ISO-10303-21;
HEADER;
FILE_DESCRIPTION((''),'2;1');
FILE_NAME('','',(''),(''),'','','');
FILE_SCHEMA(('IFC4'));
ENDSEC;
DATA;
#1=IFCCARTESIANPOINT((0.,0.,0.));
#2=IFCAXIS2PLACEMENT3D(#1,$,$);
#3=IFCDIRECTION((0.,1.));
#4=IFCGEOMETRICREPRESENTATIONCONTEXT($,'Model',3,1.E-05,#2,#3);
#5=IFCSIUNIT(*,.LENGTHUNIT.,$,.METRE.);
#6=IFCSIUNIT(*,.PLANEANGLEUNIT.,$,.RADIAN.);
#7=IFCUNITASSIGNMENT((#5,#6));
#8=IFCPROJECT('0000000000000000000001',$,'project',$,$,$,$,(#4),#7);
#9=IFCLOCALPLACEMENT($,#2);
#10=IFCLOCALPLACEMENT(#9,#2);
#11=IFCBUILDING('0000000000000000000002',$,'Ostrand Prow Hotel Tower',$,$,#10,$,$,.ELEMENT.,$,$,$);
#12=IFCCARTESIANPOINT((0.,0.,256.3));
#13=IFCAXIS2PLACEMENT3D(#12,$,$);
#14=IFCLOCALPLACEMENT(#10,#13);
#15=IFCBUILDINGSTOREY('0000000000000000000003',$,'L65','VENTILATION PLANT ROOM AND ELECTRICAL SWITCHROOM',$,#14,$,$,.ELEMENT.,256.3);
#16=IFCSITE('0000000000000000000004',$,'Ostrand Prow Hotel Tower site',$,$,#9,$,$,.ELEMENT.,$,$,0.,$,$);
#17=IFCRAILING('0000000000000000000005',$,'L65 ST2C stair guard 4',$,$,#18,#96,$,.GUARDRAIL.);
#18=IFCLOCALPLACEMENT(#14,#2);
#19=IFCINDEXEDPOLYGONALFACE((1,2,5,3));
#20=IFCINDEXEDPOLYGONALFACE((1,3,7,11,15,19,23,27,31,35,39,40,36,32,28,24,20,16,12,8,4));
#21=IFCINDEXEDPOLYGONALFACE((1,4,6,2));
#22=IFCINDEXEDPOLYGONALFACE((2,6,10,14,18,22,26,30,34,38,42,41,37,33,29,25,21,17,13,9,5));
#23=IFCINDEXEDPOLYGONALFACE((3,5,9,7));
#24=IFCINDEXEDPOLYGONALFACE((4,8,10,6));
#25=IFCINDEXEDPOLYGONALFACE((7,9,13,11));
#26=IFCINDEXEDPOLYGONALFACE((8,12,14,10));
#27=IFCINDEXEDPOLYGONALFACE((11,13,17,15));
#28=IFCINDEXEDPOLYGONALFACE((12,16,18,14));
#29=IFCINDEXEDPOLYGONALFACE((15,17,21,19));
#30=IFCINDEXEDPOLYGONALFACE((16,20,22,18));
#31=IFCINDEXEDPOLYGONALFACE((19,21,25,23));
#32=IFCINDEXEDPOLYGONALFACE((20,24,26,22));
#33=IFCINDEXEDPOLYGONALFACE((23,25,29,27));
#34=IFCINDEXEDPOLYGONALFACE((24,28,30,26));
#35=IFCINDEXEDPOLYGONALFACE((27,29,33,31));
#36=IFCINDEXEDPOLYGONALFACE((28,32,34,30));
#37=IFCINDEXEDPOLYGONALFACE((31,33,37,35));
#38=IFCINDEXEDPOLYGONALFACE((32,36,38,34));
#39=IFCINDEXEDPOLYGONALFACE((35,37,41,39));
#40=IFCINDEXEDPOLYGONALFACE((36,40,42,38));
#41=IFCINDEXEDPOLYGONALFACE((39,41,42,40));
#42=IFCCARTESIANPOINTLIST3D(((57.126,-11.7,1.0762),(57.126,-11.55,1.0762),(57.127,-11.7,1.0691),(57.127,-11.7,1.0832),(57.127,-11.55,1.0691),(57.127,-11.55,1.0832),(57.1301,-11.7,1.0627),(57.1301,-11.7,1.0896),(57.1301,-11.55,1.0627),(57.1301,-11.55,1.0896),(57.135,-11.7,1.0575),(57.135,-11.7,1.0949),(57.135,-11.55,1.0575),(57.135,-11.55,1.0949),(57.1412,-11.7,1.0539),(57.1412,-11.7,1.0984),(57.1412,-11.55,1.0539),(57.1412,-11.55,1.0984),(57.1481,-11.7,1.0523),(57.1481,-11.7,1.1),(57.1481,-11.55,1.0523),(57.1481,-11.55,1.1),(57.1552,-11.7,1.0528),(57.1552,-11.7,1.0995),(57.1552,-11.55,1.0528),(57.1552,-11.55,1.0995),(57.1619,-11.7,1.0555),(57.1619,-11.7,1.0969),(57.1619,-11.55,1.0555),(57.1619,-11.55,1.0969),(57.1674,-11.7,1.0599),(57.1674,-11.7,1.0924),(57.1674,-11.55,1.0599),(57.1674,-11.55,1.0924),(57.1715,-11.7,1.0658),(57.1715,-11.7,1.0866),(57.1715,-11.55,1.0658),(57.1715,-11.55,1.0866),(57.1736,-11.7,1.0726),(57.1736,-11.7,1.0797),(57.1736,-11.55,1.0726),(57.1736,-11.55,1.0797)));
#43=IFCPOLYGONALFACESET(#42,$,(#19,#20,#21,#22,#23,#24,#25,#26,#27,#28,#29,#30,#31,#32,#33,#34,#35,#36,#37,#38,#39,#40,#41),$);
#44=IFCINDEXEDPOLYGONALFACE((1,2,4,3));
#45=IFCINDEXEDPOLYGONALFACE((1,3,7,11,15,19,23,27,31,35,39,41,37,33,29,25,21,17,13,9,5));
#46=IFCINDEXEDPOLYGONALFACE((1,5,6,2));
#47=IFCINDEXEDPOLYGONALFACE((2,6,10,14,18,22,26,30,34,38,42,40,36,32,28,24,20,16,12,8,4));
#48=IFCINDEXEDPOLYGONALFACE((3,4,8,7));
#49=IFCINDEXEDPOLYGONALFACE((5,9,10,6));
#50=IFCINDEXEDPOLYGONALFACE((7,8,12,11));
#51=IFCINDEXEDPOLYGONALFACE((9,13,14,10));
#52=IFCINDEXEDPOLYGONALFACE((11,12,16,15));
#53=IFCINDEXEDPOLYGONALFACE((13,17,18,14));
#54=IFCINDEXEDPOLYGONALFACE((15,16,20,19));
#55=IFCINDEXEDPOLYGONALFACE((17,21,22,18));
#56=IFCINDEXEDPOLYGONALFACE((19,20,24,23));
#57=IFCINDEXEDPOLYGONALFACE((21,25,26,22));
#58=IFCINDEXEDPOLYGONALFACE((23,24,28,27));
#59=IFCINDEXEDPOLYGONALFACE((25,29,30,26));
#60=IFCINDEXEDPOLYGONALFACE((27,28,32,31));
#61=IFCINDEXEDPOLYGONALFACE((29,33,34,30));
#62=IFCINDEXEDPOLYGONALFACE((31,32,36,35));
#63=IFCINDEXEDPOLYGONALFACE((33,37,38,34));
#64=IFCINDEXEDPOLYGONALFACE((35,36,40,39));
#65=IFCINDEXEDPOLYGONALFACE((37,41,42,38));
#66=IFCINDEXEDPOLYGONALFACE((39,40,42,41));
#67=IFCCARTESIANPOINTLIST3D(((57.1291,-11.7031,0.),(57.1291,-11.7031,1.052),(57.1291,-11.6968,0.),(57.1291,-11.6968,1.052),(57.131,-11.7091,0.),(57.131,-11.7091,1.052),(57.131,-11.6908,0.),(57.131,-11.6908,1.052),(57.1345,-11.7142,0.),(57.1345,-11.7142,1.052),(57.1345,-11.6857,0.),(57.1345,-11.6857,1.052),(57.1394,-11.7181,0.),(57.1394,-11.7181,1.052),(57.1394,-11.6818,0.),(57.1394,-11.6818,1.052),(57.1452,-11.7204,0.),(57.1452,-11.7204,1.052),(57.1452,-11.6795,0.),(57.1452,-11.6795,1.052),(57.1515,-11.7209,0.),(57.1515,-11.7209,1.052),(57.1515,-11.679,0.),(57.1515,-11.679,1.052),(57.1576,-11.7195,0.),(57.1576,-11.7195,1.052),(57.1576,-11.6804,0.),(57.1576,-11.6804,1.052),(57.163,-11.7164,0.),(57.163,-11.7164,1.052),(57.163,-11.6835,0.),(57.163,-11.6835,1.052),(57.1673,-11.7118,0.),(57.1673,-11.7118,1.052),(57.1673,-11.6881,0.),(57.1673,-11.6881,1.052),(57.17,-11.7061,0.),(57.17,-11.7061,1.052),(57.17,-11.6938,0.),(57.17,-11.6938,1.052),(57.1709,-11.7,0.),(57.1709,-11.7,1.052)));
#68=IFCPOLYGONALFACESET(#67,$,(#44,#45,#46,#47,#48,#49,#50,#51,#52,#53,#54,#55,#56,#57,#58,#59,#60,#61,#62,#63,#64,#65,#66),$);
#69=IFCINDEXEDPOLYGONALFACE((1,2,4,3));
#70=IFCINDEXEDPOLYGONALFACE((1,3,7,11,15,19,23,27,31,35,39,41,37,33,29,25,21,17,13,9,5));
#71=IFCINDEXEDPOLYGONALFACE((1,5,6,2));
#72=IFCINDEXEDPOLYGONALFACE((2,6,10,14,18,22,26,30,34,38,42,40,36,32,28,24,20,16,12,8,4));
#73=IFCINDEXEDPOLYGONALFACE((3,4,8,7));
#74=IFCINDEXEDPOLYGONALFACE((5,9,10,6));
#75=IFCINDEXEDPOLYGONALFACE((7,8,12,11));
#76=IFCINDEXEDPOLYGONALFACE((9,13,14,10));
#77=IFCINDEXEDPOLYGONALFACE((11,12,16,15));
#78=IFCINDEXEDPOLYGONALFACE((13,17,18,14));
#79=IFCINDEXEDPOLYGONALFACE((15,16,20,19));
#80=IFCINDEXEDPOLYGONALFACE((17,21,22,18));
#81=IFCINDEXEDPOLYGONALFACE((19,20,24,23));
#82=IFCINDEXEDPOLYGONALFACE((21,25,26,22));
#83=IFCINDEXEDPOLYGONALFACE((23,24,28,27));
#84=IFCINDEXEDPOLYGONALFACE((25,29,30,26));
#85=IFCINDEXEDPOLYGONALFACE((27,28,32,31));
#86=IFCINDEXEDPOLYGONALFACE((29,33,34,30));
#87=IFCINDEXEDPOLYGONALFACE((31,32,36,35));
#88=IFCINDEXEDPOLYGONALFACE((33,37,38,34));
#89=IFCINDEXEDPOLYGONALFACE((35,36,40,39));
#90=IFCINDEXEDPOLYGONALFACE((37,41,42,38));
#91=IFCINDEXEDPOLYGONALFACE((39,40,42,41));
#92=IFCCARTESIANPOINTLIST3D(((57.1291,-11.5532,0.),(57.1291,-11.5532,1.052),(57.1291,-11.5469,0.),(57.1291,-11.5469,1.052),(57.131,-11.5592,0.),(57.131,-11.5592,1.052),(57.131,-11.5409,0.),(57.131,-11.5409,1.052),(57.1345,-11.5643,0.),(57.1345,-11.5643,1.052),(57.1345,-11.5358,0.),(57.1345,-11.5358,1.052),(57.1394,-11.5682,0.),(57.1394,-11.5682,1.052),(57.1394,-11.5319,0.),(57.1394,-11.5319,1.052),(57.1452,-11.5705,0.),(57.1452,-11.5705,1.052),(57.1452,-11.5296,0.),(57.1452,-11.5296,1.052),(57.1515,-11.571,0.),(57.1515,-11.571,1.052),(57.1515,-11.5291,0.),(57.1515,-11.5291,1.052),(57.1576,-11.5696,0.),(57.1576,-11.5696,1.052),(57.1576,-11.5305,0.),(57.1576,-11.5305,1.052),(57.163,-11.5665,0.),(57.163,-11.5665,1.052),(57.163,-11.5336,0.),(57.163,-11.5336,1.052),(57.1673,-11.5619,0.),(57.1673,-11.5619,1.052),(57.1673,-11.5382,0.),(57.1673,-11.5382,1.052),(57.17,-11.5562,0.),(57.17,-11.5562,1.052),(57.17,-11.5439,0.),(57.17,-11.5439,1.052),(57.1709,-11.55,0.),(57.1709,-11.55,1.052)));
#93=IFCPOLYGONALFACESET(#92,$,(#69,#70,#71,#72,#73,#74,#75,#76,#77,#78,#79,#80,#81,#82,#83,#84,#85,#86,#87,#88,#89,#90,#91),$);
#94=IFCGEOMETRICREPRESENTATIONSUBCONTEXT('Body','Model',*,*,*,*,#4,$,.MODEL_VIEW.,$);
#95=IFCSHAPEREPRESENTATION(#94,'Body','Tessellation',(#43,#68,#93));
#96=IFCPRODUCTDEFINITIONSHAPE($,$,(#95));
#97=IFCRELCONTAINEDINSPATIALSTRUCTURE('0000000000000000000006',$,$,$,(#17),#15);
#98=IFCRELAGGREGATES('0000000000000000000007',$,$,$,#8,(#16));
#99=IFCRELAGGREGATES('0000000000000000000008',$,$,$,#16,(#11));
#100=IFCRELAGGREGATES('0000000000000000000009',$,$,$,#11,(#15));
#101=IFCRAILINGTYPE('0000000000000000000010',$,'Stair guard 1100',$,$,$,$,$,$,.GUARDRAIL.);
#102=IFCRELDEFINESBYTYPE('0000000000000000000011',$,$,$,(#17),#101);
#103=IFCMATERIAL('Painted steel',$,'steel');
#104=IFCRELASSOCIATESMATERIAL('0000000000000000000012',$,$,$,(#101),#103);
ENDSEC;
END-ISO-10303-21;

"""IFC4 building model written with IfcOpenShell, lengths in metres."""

from ifc_helpers import new_model, si_unit, direction, frame, origin, origin_2d, place, context, subcontext, project, spatial, circle, extrude, material, type_object, element, save


model = new_model("IFC4")

# Units and contexts
model_context = context("Model", 3, precision=1e-05, world=origin(), true_north=direction((0.0, 1.0)))
body_context = subcontext(model_context, "Body", "Model", "MODEL_VIEW")
ifc_project = project(units=[si_unit("LENGTHUNIT", "METRE"), si_unit("PLANEANGLEUNIT", "RADIAN")], contexts=[model_context])

# Site, building, storey
site_placement = place(None, origin())
site = spatial("IfcSite", under=ifc_project, at=site_placement, Name="Ostrand Prow Hotel Tower site", CompositionType="ELEMENT", RefElevation=0.0)
building_placement = place(site_placement, origin())
building = spatial("IfcBuilding", under=site, at=building_placement, Name="Ostrand Prow Hotel Tower", CompositionType="ELEMENT")
storey_placement = place(building_placement, frame((0.0, 0.0, 256.3)))
storey = spatial("IfcBuildingStorey", under=building, at=storey_placement, Name="L65", Description="VENTILATION PLANT ROOM AND ELECTRICAL SWITCHROOM", CompositionType="ELEMENT", Elevation=256.3)

# Railing
ifc_material_1 = material(Name="Painted steel", Category="steel")
railing_type_1 = type_object("IfcRailingType", Name="Stair guard 1100", PredefinedType="GUARDRAIL", material=ifc_material_1)
railing_1_placement = place(storey_placement, frame((57.1499, -11.7, 0.0)))
element("IfcRailing", 1, at=railing_1_placement, inside=storey, type_object=railing_type_1, Name="L65 ST2C stair guard 4", PredefinedType="GUARDRAIL", context=body_context, shape_type="SweptSolid", body=[
    extrude(circle(Radius=0.0239, at=origin_2d()), frame((0.0, 0.0, 1.0762), z_axis=(0.0, 1.0, 0.0), x_axis=(-1.0, 0.0, 0.0)), (0.0, 0.0, 1.0), 0.1499),
    extrude(circle(Radius=0.021, at=origin_2d()), origin(), (0.0, 0.0, 1.0), 1.052),
    extrude(circle(Radius=0.021, at=origin_2d()), frame((0.0, 0.1499, 0.0)), (0.0, 0.0, 1.0), 1.052),
])

save(model, "model.ifc")
